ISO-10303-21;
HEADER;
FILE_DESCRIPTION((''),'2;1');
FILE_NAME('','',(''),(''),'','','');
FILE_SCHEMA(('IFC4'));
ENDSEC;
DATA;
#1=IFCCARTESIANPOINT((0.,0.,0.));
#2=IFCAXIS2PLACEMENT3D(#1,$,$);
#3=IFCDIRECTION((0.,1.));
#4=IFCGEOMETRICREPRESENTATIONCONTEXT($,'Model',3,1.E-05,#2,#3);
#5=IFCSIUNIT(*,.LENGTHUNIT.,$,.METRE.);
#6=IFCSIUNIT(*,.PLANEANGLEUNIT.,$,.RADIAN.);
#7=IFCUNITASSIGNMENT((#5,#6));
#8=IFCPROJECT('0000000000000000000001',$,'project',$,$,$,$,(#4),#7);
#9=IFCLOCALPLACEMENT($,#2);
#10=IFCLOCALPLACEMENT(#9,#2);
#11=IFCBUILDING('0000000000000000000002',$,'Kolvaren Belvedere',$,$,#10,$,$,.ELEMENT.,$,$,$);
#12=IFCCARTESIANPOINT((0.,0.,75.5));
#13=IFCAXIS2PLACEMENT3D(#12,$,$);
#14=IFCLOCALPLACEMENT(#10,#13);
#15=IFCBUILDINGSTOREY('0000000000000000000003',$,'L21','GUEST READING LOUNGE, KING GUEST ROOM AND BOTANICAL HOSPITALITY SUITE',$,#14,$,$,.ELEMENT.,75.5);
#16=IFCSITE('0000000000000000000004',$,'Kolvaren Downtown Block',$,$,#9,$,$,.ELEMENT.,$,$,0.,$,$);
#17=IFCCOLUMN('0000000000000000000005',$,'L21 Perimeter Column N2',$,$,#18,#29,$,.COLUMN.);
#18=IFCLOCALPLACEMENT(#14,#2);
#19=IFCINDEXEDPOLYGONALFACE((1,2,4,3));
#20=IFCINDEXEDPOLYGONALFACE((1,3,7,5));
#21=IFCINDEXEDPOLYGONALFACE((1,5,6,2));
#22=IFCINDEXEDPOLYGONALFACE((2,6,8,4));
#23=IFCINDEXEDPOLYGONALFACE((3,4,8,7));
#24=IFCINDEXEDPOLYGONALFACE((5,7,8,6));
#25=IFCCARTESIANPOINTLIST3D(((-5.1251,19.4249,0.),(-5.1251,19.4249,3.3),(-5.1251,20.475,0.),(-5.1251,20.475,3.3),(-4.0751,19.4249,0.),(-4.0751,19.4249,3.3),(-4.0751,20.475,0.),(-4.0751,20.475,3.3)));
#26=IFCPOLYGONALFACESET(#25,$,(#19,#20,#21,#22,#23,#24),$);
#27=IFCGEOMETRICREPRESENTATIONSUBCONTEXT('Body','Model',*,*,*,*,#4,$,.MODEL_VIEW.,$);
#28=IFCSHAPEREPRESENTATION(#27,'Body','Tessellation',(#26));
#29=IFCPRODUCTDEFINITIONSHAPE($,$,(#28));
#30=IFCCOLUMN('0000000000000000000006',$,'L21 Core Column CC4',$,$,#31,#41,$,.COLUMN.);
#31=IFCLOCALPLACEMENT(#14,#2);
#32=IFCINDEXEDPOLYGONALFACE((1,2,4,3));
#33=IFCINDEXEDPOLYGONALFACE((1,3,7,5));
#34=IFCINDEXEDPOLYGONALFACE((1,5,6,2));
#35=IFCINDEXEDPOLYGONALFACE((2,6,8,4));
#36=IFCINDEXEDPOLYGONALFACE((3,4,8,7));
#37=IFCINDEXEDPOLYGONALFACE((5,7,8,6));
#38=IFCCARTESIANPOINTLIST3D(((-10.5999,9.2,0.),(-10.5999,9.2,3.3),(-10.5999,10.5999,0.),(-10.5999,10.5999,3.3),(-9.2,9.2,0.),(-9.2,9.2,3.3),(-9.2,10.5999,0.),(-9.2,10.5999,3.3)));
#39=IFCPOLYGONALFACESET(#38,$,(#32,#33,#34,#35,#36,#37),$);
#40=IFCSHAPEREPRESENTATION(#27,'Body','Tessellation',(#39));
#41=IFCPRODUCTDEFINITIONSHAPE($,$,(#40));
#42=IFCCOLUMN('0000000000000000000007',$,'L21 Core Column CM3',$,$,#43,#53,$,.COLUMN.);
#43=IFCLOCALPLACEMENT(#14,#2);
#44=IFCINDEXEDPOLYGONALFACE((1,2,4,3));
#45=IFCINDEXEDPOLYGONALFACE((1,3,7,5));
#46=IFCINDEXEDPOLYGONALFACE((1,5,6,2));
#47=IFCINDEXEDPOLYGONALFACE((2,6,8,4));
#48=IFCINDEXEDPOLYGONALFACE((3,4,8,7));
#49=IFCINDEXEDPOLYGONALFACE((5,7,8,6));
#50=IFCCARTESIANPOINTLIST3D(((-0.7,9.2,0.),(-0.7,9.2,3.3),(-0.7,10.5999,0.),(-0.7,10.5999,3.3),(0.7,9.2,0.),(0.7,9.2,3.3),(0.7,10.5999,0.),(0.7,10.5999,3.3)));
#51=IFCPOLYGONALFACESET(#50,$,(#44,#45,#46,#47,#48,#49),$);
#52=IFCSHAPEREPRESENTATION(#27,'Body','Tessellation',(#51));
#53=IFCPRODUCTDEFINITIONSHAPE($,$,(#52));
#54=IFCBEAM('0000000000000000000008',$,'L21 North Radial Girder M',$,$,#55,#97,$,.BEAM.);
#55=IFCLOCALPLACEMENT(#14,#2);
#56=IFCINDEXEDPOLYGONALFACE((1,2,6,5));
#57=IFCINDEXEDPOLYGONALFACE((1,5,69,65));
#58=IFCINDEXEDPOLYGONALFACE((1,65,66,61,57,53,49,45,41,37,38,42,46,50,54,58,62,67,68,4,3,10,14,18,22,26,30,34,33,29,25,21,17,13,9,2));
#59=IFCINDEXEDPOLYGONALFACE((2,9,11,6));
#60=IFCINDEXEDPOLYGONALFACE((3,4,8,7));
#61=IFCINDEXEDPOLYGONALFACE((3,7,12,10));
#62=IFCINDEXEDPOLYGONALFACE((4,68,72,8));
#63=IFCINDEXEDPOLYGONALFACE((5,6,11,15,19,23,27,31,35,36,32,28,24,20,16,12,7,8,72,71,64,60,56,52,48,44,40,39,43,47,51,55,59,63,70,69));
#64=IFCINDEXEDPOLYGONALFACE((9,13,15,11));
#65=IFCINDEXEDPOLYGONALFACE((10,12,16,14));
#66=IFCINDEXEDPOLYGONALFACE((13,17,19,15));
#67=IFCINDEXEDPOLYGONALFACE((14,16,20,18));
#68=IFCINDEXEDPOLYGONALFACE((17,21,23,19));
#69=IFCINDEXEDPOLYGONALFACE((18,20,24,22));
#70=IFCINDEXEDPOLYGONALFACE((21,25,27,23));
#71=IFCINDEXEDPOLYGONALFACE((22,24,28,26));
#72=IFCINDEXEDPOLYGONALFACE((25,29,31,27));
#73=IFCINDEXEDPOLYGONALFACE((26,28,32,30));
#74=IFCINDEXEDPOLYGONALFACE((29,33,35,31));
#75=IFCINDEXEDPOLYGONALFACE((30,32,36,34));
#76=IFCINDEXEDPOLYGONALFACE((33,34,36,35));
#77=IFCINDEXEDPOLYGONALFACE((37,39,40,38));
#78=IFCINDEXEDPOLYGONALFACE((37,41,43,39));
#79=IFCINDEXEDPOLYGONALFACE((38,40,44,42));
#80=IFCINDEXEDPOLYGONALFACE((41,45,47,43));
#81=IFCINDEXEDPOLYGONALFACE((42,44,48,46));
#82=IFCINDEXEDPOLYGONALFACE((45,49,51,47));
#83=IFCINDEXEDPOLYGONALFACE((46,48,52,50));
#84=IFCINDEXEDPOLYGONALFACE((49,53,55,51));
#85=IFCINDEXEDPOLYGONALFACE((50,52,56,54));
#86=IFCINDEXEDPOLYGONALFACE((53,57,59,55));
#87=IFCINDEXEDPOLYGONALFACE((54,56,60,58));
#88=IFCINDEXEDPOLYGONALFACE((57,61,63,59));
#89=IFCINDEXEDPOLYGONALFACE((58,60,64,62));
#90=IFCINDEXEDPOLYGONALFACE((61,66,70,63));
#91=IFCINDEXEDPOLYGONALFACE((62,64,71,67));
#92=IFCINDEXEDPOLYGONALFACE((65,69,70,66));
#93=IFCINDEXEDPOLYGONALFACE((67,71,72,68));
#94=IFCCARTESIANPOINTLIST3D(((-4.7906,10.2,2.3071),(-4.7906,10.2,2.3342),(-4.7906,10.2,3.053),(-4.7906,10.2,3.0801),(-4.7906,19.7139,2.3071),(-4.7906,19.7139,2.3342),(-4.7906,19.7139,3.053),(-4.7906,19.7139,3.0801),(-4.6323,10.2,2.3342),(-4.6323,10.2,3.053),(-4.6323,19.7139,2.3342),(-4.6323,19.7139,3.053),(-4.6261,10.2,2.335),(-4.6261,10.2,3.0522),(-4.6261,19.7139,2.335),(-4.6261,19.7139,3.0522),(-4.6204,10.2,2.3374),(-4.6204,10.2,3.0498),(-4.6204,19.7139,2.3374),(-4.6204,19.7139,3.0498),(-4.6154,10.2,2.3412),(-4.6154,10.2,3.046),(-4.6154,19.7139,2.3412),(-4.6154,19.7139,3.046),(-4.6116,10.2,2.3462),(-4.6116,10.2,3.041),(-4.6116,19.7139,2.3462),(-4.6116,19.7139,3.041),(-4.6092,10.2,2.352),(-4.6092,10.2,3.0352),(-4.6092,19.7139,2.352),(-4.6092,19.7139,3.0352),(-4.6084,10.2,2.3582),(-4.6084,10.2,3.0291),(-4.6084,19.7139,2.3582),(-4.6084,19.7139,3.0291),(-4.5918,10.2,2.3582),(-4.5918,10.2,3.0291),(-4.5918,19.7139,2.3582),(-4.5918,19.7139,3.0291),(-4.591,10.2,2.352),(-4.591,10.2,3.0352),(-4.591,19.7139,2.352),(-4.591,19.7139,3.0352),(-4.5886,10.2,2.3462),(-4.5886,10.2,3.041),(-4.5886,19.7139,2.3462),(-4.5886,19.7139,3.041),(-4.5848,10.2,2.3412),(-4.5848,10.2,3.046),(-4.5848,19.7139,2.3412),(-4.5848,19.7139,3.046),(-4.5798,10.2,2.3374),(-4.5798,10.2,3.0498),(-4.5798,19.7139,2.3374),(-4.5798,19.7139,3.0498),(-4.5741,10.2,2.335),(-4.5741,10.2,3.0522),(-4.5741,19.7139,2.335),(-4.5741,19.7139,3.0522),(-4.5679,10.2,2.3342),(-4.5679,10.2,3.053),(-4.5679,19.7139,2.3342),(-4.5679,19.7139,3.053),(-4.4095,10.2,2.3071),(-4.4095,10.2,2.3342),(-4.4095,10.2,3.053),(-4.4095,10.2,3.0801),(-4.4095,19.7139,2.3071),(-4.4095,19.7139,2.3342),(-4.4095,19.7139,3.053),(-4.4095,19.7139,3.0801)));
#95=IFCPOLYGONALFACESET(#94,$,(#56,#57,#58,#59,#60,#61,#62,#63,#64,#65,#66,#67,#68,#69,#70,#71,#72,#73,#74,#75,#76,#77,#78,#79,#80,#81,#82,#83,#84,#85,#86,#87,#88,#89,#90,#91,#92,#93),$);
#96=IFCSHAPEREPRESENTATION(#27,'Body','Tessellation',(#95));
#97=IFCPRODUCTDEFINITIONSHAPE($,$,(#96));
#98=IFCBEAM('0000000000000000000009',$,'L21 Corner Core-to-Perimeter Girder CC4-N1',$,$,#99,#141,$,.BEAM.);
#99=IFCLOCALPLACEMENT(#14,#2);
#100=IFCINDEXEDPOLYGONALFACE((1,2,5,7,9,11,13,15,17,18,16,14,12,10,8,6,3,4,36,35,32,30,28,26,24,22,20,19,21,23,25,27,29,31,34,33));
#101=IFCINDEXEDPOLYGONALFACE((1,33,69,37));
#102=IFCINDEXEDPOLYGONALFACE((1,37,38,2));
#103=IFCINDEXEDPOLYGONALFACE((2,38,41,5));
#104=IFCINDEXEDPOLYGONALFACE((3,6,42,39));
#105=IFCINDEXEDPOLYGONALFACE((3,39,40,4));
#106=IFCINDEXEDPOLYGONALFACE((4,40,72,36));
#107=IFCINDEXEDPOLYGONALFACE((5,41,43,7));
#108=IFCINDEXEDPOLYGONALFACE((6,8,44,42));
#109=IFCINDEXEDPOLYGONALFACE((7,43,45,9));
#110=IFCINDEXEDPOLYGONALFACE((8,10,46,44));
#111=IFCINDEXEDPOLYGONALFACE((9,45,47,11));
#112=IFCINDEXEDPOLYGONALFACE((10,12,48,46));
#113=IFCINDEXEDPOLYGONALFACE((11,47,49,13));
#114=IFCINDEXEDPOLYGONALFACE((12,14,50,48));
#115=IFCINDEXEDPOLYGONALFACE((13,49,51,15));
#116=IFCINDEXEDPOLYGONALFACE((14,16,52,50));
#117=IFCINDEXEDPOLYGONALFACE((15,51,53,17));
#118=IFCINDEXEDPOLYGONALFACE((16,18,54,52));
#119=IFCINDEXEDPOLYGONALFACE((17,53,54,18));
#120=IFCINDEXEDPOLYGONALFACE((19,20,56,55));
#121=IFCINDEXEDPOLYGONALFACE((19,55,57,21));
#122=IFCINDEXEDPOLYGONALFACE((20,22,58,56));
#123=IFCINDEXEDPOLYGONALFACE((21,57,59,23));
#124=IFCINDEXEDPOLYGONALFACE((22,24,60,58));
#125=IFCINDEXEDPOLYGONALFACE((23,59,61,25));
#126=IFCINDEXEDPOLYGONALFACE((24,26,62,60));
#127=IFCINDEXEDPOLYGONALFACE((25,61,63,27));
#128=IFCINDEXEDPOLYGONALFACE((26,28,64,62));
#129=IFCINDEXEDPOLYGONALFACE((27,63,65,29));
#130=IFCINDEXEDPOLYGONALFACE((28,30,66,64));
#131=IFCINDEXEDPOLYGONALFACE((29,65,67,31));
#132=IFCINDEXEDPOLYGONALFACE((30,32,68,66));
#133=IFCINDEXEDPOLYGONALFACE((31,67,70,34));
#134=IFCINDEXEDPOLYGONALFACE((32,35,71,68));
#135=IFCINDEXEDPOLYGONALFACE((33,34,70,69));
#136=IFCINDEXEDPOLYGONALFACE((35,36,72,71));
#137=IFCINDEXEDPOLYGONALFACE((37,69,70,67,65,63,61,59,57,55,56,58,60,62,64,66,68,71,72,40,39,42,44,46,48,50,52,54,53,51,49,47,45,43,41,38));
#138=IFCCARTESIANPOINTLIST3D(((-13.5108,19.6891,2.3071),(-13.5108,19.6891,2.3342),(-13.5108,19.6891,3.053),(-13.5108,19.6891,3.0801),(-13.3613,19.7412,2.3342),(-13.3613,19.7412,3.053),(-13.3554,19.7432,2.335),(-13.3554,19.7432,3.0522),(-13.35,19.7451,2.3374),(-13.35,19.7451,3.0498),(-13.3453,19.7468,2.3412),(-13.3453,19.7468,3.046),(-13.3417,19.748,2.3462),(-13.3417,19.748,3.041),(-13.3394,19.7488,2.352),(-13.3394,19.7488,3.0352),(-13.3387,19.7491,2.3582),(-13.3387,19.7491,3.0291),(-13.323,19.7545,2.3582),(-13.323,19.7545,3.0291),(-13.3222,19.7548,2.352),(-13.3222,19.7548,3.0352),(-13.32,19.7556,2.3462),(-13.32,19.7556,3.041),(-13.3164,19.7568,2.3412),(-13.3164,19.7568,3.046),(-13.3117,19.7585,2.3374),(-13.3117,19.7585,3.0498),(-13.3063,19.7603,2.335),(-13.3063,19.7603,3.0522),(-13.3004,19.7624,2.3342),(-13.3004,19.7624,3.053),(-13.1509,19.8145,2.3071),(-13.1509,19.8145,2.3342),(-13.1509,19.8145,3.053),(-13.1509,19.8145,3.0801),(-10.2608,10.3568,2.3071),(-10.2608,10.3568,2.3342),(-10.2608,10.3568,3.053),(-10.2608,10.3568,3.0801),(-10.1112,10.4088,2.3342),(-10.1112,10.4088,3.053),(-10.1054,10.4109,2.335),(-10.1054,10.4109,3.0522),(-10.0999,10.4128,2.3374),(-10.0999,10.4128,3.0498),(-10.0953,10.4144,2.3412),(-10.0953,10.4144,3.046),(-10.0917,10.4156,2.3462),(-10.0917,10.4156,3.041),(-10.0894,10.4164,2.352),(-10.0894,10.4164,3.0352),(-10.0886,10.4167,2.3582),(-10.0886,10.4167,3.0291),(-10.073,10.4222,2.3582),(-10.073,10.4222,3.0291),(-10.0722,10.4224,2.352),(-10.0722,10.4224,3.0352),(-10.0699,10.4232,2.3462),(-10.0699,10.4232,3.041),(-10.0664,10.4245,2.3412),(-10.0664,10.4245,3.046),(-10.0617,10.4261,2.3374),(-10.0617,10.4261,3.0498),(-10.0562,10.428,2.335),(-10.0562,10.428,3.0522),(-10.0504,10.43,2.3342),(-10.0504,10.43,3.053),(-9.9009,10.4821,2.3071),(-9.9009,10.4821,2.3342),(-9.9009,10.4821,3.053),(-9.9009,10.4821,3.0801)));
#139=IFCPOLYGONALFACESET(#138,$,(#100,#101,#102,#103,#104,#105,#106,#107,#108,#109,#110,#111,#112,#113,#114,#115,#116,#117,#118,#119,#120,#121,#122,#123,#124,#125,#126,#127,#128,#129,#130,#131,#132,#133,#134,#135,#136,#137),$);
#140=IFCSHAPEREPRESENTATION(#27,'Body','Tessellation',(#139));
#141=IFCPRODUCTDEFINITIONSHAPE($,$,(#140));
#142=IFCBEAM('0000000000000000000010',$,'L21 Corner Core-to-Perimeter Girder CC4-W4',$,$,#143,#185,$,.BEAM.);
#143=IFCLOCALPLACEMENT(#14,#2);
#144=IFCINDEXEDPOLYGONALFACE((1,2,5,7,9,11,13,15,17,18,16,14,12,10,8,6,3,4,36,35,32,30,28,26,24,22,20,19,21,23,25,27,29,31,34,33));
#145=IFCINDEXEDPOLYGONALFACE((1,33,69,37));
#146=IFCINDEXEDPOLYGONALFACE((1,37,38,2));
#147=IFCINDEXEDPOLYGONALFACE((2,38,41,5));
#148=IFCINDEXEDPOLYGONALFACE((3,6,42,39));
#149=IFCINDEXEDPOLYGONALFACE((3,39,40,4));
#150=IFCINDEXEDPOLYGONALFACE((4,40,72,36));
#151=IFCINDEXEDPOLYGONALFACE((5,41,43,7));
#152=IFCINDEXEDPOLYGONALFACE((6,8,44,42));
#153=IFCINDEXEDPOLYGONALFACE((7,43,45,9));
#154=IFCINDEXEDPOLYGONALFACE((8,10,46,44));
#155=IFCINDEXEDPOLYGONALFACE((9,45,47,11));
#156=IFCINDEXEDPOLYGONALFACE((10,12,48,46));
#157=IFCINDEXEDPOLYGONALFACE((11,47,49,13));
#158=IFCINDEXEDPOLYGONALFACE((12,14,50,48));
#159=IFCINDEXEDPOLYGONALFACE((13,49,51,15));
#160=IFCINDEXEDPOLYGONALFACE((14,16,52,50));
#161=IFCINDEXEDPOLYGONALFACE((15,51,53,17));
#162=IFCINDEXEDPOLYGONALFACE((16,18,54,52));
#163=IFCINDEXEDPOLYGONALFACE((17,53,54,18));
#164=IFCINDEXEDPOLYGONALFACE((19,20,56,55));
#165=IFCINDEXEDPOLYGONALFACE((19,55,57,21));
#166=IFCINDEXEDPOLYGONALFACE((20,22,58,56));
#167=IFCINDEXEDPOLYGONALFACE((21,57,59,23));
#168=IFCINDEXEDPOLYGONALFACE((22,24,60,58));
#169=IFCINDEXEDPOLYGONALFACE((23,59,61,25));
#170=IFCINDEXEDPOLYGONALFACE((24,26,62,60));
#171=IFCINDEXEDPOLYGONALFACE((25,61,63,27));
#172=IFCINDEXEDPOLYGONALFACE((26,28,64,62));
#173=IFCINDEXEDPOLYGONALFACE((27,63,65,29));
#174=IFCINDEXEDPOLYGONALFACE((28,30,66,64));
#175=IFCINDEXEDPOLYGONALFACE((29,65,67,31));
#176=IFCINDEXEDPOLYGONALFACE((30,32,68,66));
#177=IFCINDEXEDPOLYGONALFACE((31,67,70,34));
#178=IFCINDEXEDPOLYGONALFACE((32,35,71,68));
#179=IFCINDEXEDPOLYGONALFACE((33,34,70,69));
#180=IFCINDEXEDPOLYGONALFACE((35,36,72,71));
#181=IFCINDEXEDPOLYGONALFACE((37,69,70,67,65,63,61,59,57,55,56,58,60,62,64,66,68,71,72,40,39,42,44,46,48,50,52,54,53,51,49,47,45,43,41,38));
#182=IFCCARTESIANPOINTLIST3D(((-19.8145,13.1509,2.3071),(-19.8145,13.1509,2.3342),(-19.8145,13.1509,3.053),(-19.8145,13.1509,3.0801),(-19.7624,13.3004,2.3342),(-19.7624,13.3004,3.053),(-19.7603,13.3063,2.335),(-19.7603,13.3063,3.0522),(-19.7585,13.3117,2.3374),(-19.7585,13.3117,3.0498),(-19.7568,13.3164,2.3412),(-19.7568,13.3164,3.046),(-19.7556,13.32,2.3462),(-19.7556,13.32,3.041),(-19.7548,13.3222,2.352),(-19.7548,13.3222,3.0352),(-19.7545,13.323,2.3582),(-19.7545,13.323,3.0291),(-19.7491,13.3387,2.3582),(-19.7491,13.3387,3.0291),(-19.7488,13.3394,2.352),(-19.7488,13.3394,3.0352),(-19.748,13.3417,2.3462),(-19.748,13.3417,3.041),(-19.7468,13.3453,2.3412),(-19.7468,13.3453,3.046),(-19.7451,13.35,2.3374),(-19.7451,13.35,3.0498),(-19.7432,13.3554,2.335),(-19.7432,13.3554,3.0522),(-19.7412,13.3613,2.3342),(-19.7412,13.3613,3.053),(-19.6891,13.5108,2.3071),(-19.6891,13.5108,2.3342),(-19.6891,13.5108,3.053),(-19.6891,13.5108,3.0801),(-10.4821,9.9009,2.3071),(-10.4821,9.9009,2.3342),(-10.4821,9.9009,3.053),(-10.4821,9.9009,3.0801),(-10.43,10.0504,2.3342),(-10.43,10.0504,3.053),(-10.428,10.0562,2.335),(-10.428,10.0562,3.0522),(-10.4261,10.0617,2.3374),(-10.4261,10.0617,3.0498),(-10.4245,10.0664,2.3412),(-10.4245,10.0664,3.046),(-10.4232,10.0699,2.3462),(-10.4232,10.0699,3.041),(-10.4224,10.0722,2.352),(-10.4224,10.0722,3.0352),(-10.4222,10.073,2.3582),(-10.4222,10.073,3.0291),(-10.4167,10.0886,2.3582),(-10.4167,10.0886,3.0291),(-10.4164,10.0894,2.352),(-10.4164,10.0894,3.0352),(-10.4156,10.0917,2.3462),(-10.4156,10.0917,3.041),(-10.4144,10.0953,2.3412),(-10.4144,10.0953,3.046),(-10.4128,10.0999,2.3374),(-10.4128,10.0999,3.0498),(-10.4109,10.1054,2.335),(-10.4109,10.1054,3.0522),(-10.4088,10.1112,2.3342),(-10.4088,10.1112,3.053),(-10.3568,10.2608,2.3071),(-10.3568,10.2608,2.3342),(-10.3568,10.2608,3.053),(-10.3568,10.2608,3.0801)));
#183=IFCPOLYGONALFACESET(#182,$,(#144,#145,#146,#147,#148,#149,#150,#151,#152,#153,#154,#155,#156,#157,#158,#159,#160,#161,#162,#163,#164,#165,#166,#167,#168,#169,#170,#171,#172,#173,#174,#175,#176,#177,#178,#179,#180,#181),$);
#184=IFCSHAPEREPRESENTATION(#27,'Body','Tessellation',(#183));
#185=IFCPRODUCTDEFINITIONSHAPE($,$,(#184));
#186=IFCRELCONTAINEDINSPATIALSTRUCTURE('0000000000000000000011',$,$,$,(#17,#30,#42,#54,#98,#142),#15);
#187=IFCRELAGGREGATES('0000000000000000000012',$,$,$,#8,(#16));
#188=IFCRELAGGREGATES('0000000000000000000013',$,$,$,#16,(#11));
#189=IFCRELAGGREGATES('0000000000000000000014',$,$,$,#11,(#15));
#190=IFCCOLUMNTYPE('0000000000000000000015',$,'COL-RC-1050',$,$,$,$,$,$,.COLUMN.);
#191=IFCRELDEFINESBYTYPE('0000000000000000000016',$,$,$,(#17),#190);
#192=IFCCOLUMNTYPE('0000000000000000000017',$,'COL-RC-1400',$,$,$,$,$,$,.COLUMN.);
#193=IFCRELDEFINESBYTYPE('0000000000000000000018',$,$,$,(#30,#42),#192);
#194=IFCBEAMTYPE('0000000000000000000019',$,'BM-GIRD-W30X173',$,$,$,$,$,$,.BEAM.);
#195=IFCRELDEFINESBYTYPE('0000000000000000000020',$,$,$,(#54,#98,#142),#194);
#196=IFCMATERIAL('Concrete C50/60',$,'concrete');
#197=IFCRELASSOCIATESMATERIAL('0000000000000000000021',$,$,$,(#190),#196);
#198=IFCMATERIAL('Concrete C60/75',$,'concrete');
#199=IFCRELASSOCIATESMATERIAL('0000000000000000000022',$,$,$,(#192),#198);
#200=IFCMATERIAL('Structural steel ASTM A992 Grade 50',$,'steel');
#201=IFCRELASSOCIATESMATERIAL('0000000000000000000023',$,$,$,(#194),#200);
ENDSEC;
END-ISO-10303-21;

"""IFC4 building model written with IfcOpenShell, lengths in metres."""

from ifc_helpers import new_model, si_unit, direction, frame, origin, origin_2d, place, context, subcontext, project, spatial, rectangle, i_section, extrude, material, material_profile, profile_set, type_object, element, save


model = new_model("IFC4")

# Units and contexts
model_context = context("Model", 3, precision=1e-05, world=origin(), true_north=direction((0.0, 1.0)))
body_context = subcontext(model_context, "Body", "Model", "MODEL_VIEW")
ifc_project = project(units=[si_unit("LENGTHUNIT", "METRE"), si_unit("PLANEANGLEUNIT", "RADIAN")], contexts=[model_context])

# Site, building, storey
site_placement = place(None, origin())
site = spatial("IfcSite", under=ifc_project, at=site_placement, Name="Kolvaren Downtown Block", CompositionType="ELEMENT", RefElevation=0.0)
building_placement = place(site_placement, origin())
building = spatial("IfcBuilding", under=site, at=building_placement, Name="Kolvaren Belvedere", CompositionType="ELEMENT")
storey_placement = place(building_placement, frame((0.0, 0.0, 75.5)))
storey = spatial("IfcBuildingStorey", under=building, at=storey_placement, Name="L21", Description="GUEST READING LOUNGE, KING GUEST ROOM AND BOTANICAL HOSPITALITY SUITE", CompositionType="ELEMENT", Elevation=75.5)

# Columns
ifc_material_1 = material(Name="Concrete C50/60", Category="concrete")
ifc_material_profile_1 = material_profile(ifc_material_1, rectangle(XDim=1.05, YDim=1.05, at=origin_2d()), Name="RC 1050X1050")
ifc_profile_set_1 = profile_set([ifc_material_profile_1], Name="Concrete C50/60")
column_type_1 = type_object("IfcColumnType", Name="COL-RC-1050", PredefinedType="COLUMN", material=ifc_profile_set_1)
column_placement = place(storey_placement, frame((-4.6001, 19.95, 0.0), z_axis=(0.0, 0.0, 1.0), x_axis=(1.0, 0.0, 0.0)))
element("IfcColumn", 1, at=column_placement, inside=storey, type_object=column_type_1, Name="L21 Perimeter Column N2", PredefinedType="COLUMN", context=body_context, shape_type="SweptSolid", body=[
    extrude(rectangle(XDim=1.05, YDim=1.05, at=origin_2d()), origin(), (0.0, 0.0, 1.0), 3.3),
])
ifc_material_2 = material(Name="Concrete C60/75", Category="concrete")
ifc_material_profile_2 = material_profile(ifc_material_2, rectangle(XDim=1.3999, YDim=1.3999, at=origin_2d()), Name="RC 1400X1400")
ifc_profile_set_2 = profile_set([ifc_material_profile_2], Name="Concrete C60/75")
column_type_2 = type_object("IfcColumnType", Name="COL-RC-1400", PredefinedType="COLUMN", material=ifc_profile_set_2)
for number, where, z_axis, x_axis, name in (
    (2, (-9.8999, 9.8999, 0.0), (0.0, 0.0, 1.0), (1.0, 0.0, 0.0), "L21 Core Column CC4"),
    (3, (0.0, 9.8999, 0.0), (0.0, 0.0, 1.0), (1.0, 0.0, 0.0), "L21 Core Column CM3"),
):
    element("IfcColumn", number, at=place(storey_placement, frame(where, z_axis=z_axis, x_axis=x_axis)), inside=storey, type_object=column_type_2, Name=name, PredefinedType="COLUMN", context=body_context, shape_type="SweptSolid", body=[
        extrude(rectangle(XDim=1.3999, YDim=1.3999, at=origin_2d()), origin(), (0.0, 0.0, 1.0), 3.3),
    ])

# Beams
ifc_material_3 = material(Name="Structural steel ASTM A992 Grade 50", Category="steel")
ifc_material_profile_3 = material_profile(ifc_material_3, i_section(OverallWidth=0.3811, OverallDepth=0.7729, WebThickness=0.0166, FlangeThickness=0.0271, FilletRadius=0.0239, at=origin_2d()), Name="W30X173")
ifc_profile_set_3 = profile_set([ifc_material_profile_3], Name="Structural steel ASTM A992 Grade 50")
beam_type_1 = type_object("IfcBeamType", Name="BM-GIRD-W30X173", PredefinedType="BEAM", material=ifc_profile_set_3)
beam_1_placement = place(storey_placement, frame((-4.6001, 10.2, 2.6936), z_axis=(0.0, 1.0, 0.0), x_axis=(-1.0, 0.0, 0.0)))
element("IfcBeam", 4, at=beam_1_placement, inside=storey, type_object=beam_type_1, Name="L21 North Radial Girder M", PredefinedType="BEAM", context=body_context, shape_type="SweptSolid", body=[
    extrude(i_section(OverallWidth=0.3811, OverallDepth=0.7729, WebThickness=0.0166, FlangeThickness=0.0271, FilletRadius=0.0239, at=origin_2d()), origin(), (0.0, 0.0, 1.0), 9.5139),
])
for number, where, z_axis, x_axis, name in (
    (5, (-10.0808, 10.4194, 2.6936), (-0.328881, 0.944371, 0.0), (-0.944371, -0.328881, 0.0), "L21 Corner Core-to-Perimeter Girder CC4-N1"),
    (6, (-10.4194, 10.0808, 2.6936), (-0.944371, 0.328881, 0.0), (-0.328881, -0.944371, 0.0), "L21 Corner Core-to-Perimeter Girder CC4-W4"),
):
    element("IfcBeam", number, at=place(storey_placement, frame(where, z_axis=z_axis, x_axis=x_axis)), inside=storey, type_object=beam_type_1, Name=name, PredefinedType="BEAM", context=body_context, shape_type="SweptSolid", body=[
        extrude(i_section(OverallWidth=0.3811, OverallDepth=0.7729, WebThickness=0.0166, FlangeThickness=0.0271, FilletRadius=0.0239, at=origin_2d()), origin(), (0.0, 0.0, 1.0), 9.8821),
    ])

save(model, "model.ifc")
